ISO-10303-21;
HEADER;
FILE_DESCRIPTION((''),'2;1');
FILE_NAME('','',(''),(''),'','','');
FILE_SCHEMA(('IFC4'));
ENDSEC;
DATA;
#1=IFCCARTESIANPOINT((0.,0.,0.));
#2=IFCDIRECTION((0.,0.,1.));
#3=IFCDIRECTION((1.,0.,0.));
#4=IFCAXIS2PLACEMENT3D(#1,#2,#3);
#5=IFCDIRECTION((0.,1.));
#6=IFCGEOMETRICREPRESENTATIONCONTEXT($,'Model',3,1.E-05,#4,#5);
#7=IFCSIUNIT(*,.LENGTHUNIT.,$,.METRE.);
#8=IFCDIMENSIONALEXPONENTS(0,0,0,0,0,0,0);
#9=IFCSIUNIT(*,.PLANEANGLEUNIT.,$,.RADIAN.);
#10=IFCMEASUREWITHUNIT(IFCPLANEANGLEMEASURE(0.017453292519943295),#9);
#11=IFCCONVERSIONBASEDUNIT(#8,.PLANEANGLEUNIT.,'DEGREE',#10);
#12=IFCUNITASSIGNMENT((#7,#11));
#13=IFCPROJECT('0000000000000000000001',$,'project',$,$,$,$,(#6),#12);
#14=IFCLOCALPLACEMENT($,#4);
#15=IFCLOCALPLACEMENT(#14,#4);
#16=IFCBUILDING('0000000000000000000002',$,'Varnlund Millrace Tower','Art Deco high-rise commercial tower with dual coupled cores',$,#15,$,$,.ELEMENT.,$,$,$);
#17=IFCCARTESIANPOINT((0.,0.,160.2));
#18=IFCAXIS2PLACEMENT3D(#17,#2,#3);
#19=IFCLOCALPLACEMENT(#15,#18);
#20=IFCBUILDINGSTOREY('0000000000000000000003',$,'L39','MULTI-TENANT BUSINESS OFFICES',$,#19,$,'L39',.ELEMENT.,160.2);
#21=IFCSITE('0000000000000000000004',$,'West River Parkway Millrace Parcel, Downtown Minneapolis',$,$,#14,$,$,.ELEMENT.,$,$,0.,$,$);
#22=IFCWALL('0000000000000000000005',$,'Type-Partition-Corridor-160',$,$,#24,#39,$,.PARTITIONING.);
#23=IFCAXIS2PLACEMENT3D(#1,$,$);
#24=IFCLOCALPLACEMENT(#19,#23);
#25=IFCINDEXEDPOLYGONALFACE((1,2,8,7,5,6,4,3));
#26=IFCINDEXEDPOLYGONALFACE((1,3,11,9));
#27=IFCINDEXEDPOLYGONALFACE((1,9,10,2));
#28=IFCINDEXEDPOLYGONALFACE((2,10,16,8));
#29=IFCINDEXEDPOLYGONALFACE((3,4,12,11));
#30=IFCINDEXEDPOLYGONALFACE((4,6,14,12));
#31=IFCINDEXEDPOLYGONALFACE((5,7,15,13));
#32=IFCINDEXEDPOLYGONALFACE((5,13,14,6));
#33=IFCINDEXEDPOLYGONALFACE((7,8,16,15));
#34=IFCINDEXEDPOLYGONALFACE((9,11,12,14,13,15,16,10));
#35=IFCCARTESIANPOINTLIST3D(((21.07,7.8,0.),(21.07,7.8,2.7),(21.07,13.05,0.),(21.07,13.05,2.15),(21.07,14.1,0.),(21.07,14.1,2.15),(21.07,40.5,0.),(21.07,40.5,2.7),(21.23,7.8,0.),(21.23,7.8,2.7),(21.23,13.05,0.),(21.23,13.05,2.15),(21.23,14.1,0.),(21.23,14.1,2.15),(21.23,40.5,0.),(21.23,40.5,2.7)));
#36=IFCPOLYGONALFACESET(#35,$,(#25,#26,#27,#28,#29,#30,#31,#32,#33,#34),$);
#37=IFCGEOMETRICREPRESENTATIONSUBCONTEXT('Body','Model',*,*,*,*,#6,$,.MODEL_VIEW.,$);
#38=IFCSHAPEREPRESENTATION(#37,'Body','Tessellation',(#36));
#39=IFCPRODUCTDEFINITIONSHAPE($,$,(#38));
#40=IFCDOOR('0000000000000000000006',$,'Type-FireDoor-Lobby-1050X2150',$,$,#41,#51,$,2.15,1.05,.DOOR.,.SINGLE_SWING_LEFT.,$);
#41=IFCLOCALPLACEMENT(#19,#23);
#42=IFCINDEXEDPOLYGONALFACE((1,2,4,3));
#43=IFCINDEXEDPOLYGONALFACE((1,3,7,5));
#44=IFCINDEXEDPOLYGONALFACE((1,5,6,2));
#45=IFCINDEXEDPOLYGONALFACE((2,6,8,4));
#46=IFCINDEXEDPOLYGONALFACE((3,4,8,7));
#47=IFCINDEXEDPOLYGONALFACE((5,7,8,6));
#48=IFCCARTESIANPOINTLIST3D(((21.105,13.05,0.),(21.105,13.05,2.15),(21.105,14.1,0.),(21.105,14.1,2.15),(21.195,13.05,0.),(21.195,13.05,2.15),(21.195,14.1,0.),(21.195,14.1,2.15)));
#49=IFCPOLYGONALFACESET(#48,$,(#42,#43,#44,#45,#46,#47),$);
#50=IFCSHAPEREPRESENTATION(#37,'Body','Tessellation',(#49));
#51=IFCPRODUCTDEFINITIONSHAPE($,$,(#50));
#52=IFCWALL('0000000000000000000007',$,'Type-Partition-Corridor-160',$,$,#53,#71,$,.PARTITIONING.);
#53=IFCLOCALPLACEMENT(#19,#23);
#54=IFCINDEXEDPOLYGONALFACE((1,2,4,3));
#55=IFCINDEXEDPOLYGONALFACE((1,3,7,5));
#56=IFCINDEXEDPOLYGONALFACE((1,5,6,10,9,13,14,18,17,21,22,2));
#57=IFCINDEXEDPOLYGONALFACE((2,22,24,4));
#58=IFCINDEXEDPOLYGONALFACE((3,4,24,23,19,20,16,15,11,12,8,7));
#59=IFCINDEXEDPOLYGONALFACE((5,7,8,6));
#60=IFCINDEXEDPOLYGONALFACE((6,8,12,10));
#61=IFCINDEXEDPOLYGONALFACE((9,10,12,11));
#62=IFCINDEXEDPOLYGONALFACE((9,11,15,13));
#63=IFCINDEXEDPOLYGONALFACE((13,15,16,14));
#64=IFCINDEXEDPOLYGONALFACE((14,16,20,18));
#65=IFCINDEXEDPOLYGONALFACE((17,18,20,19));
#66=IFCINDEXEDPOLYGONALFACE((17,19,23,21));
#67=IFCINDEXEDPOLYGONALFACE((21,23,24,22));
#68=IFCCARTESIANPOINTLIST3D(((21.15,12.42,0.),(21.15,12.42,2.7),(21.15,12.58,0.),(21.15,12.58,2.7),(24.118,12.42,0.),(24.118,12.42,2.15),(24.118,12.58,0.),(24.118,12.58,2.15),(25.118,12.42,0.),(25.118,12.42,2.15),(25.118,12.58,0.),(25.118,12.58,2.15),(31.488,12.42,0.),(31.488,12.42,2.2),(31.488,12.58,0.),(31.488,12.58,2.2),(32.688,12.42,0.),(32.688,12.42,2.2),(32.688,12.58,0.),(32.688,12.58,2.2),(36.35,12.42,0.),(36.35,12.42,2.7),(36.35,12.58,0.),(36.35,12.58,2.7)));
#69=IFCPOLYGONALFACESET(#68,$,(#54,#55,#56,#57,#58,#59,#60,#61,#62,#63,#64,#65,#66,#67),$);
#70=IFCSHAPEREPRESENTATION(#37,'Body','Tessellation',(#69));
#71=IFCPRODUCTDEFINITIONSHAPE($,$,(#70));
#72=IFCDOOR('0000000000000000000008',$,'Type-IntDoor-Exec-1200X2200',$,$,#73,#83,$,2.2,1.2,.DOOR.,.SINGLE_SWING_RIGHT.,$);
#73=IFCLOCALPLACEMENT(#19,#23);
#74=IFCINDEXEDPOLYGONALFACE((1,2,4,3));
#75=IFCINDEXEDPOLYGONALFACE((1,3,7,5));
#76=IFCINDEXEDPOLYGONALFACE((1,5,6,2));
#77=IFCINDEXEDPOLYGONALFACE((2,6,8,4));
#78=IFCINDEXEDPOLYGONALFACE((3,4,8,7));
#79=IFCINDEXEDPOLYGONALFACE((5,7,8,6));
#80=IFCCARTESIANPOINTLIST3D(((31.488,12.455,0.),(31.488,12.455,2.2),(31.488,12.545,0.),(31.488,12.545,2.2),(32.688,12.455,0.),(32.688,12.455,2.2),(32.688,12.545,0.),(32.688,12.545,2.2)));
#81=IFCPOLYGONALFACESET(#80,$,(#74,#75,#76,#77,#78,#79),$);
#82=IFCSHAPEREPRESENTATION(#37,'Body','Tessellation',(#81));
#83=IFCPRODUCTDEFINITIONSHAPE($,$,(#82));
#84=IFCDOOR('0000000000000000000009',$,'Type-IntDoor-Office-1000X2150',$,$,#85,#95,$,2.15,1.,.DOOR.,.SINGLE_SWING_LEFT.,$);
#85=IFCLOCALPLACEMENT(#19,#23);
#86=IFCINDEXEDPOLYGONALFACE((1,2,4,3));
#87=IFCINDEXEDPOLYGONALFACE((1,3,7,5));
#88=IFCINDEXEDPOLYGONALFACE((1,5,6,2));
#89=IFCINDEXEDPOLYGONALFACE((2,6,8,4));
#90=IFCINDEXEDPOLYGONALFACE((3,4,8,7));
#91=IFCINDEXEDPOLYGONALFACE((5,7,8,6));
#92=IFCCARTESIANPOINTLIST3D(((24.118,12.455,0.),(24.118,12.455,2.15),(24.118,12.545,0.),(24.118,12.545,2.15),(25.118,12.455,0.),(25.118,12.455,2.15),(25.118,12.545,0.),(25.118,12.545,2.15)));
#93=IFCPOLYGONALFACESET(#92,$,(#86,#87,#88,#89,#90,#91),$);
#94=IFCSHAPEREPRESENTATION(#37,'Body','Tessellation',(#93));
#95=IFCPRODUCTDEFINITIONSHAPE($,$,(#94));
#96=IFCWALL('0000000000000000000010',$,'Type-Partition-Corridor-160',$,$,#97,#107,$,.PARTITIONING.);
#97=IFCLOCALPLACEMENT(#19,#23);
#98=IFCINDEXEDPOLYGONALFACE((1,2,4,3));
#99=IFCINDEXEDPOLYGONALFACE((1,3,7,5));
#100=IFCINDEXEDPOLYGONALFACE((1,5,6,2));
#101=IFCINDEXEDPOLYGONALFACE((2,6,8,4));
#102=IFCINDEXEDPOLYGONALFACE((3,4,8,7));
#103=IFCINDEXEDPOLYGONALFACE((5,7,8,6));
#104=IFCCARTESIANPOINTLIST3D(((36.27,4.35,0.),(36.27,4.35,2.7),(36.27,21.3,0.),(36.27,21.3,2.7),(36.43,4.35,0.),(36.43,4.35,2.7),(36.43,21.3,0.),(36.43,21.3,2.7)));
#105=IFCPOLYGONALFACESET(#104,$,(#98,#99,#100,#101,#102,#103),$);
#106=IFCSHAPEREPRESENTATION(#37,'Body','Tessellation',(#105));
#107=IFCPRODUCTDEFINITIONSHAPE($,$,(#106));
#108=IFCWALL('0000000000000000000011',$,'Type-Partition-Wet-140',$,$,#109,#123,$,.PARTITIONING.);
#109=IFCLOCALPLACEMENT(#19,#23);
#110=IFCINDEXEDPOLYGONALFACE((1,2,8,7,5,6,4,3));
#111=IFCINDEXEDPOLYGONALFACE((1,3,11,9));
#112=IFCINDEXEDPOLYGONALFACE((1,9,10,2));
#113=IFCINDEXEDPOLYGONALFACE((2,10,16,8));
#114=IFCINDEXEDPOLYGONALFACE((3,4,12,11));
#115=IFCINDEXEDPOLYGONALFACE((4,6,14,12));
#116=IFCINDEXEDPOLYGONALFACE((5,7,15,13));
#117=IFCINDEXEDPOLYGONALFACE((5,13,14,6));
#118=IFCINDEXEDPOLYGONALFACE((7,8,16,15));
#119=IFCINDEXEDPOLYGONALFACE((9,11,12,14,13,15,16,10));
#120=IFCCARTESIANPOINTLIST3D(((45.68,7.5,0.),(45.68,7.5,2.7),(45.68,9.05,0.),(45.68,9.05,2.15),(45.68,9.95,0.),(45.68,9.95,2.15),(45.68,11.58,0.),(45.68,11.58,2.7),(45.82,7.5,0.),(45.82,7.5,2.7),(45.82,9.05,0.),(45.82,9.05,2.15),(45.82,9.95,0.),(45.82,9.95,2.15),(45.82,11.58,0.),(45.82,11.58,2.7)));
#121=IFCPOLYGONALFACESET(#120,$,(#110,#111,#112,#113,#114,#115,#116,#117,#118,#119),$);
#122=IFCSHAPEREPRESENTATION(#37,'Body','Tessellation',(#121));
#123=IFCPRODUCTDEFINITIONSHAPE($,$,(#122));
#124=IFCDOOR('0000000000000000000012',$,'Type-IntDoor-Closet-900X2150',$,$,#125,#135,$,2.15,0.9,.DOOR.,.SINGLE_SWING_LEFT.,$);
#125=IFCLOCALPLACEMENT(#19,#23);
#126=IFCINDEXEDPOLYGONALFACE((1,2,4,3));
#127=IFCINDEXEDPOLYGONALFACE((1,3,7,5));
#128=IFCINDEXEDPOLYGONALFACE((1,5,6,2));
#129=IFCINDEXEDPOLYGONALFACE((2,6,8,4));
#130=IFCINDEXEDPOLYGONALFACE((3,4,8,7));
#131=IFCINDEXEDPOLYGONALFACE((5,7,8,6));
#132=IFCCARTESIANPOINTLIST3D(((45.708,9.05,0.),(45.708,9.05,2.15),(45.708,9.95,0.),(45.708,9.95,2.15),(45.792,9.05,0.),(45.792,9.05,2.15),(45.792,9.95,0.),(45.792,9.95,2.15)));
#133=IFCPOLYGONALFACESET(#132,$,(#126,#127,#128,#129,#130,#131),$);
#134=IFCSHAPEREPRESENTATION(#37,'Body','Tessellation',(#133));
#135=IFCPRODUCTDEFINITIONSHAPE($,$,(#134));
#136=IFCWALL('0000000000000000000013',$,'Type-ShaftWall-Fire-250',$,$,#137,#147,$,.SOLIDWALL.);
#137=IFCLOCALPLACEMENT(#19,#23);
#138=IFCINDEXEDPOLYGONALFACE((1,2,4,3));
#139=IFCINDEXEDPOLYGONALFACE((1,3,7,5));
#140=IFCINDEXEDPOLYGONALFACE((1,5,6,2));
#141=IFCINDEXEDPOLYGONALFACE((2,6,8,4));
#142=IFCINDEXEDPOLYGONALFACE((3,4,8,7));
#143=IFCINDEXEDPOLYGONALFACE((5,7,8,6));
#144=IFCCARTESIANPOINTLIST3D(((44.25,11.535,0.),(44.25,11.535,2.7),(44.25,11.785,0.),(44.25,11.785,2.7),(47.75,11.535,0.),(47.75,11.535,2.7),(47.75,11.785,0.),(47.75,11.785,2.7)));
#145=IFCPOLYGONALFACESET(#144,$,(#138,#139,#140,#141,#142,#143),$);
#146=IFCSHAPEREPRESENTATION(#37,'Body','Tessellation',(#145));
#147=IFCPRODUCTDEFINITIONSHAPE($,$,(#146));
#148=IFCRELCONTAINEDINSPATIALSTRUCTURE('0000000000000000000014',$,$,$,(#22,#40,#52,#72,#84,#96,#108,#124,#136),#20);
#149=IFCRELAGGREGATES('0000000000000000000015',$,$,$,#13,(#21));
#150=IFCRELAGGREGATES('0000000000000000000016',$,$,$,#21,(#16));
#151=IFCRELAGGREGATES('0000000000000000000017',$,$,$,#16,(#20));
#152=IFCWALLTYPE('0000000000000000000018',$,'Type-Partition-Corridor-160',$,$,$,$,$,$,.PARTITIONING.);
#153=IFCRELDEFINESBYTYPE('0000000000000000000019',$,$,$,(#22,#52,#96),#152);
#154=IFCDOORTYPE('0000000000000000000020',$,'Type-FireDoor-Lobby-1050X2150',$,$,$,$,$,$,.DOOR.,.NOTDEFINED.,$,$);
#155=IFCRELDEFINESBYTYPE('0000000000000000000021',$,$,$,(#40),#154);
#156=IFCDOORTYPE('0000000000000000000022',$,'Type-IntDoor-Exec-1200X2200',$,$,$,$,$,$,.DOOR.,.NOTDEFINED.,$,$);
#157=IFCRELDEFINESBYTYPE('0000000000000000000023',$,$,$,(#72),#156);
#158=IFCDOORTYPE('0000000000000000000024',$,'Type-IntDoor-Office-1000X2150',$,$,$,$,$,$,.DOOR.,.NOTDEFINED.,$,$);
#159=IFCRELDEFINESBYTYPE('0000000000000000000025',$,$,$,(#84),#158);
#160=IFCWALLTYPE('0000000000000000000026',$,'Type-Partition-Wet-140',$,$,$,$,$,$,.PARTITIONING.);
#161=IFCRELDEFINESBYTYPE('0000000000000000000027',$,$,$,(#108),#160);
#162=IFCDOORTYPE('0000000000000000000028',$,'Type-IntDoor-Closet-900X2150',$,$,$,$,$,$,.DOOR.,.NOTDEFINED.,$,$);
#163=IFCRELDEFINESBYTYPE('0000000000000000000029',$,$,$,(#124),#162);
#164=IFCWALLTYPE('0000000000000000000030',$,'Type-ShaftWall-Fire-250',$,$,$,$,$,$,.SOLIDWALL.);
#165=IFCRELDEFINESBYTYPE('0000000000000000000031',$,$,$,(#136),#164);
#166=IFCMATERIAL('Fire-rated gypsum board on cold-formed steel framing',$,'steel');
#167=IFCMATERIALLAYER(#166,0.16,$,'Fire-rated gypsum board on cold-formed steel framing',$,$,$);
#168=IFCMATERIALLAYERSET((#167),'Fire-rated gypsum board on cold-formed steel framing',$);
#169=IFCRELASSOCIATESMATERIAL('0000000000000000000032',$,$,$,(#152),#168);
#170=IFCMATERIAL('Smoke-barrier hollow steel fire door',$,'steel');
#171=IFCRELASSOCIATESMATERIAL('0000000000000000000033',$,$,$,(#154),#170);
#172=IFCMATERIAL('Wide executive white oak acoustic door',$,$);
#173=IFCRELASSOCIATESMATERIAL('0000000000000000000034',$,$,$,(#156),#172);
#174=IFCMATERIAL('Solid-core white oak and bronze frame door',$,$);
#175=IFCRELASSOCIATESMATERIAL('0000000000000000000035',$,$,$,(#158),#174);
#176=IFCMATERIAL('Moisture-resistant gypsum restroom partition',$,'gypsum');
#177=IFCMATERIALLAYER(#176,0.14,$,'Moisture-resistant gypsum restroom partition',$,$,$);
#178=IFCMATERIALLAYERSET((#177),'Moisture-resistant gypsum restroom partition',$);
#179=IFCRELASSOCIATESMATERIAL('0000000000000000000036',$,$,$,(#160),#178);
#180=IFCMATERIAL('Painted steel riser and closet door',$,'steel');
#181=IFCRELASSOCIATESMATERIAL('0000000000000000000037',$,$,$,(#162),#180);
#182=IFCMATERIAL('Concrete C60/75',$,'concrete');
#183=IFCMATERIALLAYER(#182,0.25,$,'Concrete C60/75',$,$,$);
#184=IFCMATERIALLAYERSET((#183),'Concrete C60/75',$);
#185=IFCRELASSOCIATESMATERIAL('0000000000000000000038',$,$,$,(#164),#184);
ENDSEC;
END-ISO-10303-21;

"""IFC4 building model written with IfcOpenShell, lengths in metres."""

from ifc_helpers import new_model, entity, si_unit, converted_unit, direction, frame, origin_with_axes, origin_2d_with_axis, place, context, subcontext, project, spatial, polyline, rectangle, outline, extrude, material, layer, layer_set, type_object, element, fill, save


model = new_model("IFC4")

# Units and contexts
model_context = context("Model", 3, precision=1e-05, world=origin_with_axes(), true_north=direction((0.0, 1.0)))
body_context = subcontext(model_context, "Body", "Model", "MODEL_VIEW")
ifc_project = project(units=[si_unit("LENGTHUNIT", "METRE"), converted_unit("PLANEANGLEUNIT", "DEGREE", entity("IfcPlaneAngleMeasure", 0.017453292519943295), si_unit("PLANEANGLEUNIT", "RADIAN"), dimensions=[0, 0, 0, 0, 0, 0, 0])], contexts=[model_context])

# Site, building, storey
site_placement = place(None, origin_with_axes())
site = spatial("IfcSite", under=ifc_project, at=site_placement, Name="West River Parkway Millrace Parcel, Downtown Minneapolis", CompositionType="ELEMENT", RefElevation=0.0)
building_placement = place(site_placement, origin_with_axes())
building = spatial("IfcBuilding", under=site, at=building_placement, Name="Varnlund Millrace Tower", Description="Art Deco high-rise commercial tower with dual coupled cores", CompositionType="ELEMENT")
storey_placement = place(building_placement, frame((0.0, 0.0, 160.2), z_axis=(0.0, 0.0, 1.0), x_axis=(1.0, 0.0, 0.0)))
storey = spatial("IfcBuildingStorey", under=building, at=storey_placement, Name="L39", Description="MULTI-TENANT BUSINESS OFFICES", LongName="L39", CompositionType="ELEMENT", Elevation=160.2)

# Wall, opening, door
ifc_material_1 = material(Name="Fire-rated gypsum board on cold-formed steel framing", Category="steel")
ifc_layer_1 = layer(ifc_material_1, 0.16, Name="Fire-rated gypsum board on cold-formed steel framing")
ifc_layer_set_1 = layer_set([ifc_layer_1], Name="Fire-rated gypsum board on cold-formed steel framing")
wall_type_1 = type_object("IfcWallType", Name="Type-Partition-Corridor-160", PredefinedType="PARTITIONING", material=ifc_layer_set_1)
wall_1_placement = place(storey_placement, frame((21.15, 7.8, 0.0), z_axis=(0.0, 0.0, 1.0), x_axis=(0.0, 1.0, 0.0)))
wall_1 = element("IfcWall", 1, at=wall_1_placement, inside=storey, type_object=wall_type_1, Name="Type-Partition-Corridor-160", PredefinedType="PARTITIONING", context=body_context, shape_type="SweptSolid", body=[
    extrude(outline(polyline([(0.0, -0.08), (32.7, -0.08), (32.7, 0.08), (0.0, 0.08), (0.0, -0.08)])), origin_with_axes(), (0.0, 0.0, 1.0), 2.7),
])
opening_1_placement = place(wall_1_placement, frame((5.775, 0.0, 0.0), z_axis=(0.0, 0.0, 1.0), x_axis=(1.0, 0.0, 0.0)))
opening_1 = element("IfcOpeningElement", 2, at=opening_1_placement, cuts=wall_1, PredefinedType="OPENING", context=body_context, shape_type="SweptSolid", body=[
    extrude(rectangle(XDim=1.05, YDim=0.18, at=origin_2d_with_axis()), origin_with_axes(), (0.0, 0.0, 1.0), 2.15),
])
ifc_material_2 = material(Name="Smoke-barrier hollow steel fire door", Category="steel")
door_type_1 = type_object("IfcDoorType", Name="Type-FireDoor-Lobby-1050X2150", OperationType="NOTDEFINED", PredefinedType="DOOR", material=ifc_material_2)
door_1_placement = place(wall_1_placement, frame((5.775, 0.0, 0.0), z_axis=(0.0, 0.0, 1.0), x_axis=(1.0, 0.0, 0.0)))
door_1 = element("IfcDoor", 3, at=door_1_placement, inside=storey, type_object=door_type_1, Name="Type-FireDoor-Lobby-1050X2150", OperationType="SINGLE_SWING_LEFT", OverallHeight=2.15, OverallWidth=1.05, PredefinedType="DOOR", context=body_context, shape_type="SweptSolid", body=[
    extrude(rectangle(XDim=1.05, YDim=0.09, at=origin_2d_with_axis()), origin_with_axes(), (0.0, 0.0, 1.0), 2.15),
])
fill(opening_1, door_1)

# Wall, openings, doors
wall_2_placement = place(storey_placement, frame((21.15, 12.5, 0.0), z_axis=(0.0, 0.0, 1.0), x_axis=(1.0, 0.0, 0.0)))
wall_2 = element("IfcWall", 4, at=wall_2_placement, inside=storey, type_object=wall_type_1, Name="Type-Partition-Corridor-160", PredefinedType="PARTITIONING", context=body_context, shape_type="SweptSolid", body=[
    extrude(outline(polyline([(0.0, -0.08), (15.2, -0.08), (15.2, 0.08), (0.0, 0.08), (0.0, -0.08)])), origin_with_axes(), (0.0, 0.0, 1.0), 2.7),
])
opening_2_placement = place(wall_2_placement, frame((3.468, 0.0, 0.0), z_axis=(0.0, 0.0, 1.0), x_axis=(1.0, 0.0, 0.0)))
opening_2 = element("IfcOpeningElement", 5, at=opening_2_placement, cuts=wall_2, PredefinedType="OPENING", context=body_context, shape_type="SweptSolid", body=[
    extrude(rectangle(XDim=1.0, YDim=0.18, at=origin_2d_with_axis()), origin_with_axes(), (0.0, 0.0, 1.0), 2.15),
])
opening_3_placement = place(wall_2_placement, frame((10.938, 0.0, 0.0), z_axis=(0.0, 0.0, 1.0), x_axis=(1.0, 0.0, 0.0)))
opening_3 = element("IfcOpeningElement", 6, at=opening_3_placement, cuts=wall_2, PredefinedType="OPENING", context=body_context, shape_type="SweptSolid", body=[
    extrude(rectangle(XDim=1.2, YDim=0.18, at=origin_2d_with_axis()), origin_with_axes(), (0.0, 0.0, 1.0), 2.2),
])
ifc_material_3 = material(Name="Wide executive white oak acoustic door")
door_type_2 = type_object("IfcDoorType", Name="Type-IntDoor-Exec-1200X2200", OperationType="NOTDEFINED", PredefinedType="DOOR", material=ifc_material_3)
door_2_placement = place(wall_2_placement, frame((10.938, 0.0, 0.0), z_axis=(0.0, 0.0, 1.0), x_axis=(1.0, 0.0, 0.0)))
door_2 = element("IfcDoor", 7, at=door_2_placement, inside=storey, type_object=door_type_2, Name="Type-IntDoor-Exec-1200X2200", OperationType="SINGLE_SWING_RIGHT", OverallHeight=2.2, OverallWidth=1.2, PredefinedType="DOOR", context=body_context, shape_type="SweptSolid", body=[
    extrude(rectangle(XDim=1.2, YDim=0.09, at=origin_2d_with_axis()), origin_with_axes(), (0.0, 0.0, 1.0), 2.2),
])
fill(opening_3, door_2)
ifc_material_4 = material(Name="Solid-core white oak and bronze frame door")
door_type_3 = type_object("IfcDoorType", Name="Type-IntDoor-Office-1000X2150", OperationType="NOTDEFINED", PredefinedType="DOOR", material=ifc_material_4)
door_3_placement = place(wall_2_placement, frame((3.468, 0.0, 0.0), z_axis=(0.0, 0.0, 1.0), x_axis=(1.0, 0.0, 0.0)))
door_3 = element("IfcDoor", 8, at=door_3_placement, inside=storey, type_object=door_type_3, Name="Type-IntDoor-Office-1000X2150", OperationType="SINGLE_SWING_LEFT", OverallHeight=2.15, OverallWidth=1.0, PredefinedType="DOOR", context=body_context, shape_type="SweptSolid", body=[
    extrude(rectangle(XDim=1.0, YDim=0.09, at=origin_2d_with_axis()), origin_with_axes(), (0.0, 0.0, 1.0), 2.15),
])
fill(opening_2, door_3)

# Wall
wall_3_placement = place(storey_placement, frame((36.35, 4.35, 0.0), z_axis=(0.0, 0.0, 1.0), x_axis=(0.0, 1.0, 0.0)))
element("IfcWall", 9, at=wall_3_placement, inside=storey, type_object=wall_type_1, Name="Type-Partition-Corridor-160", PredefinedType="PARTITIONING", context=body_context, shape_type="SweptSolid", body=[
    extrude(outline(polyline([(0.0, -0.08), (16.95, -0.08), (16.95, 0.08), (0.0, 0.08), (0.0, -0.08)])), origin_with_axes(), (0.0, 0.0, 1.0), 2.7),
])

# Wall, opening, door
ifc_material_5 = material(Name="Moisture-resistant gypsum restroom partition", Category="gypsum")
ifc_layer_2 = layer(ifc_material_5, 0.14, Name="Moisture-resistant gypsum restroom partition")
ifc_layer_set_2 = layer_set([ifc_layer_2], Name="Moisture-resistant gypsum restroom partition")
wall_type_2 = type_object("IfcWallType", Name="Type-Partition-Wet-140", PredefinedType="PARTITIONING", material=ifc_layer_set_2)
wall_4_placement = place(storey_placement, frame((45.75, 7.5, 0.0), z_axis=(0.0, 0.0, 1.0), x_axis=(0.0, 1.0, 0.0)))
wall_4 = element("IfcWall", 10, at=wall_4_placement, inside=storey, type_object=wall_type_2, Name="Type-Partition-Wet-140", PredefinedType="PARTITIONING", context=body_context, shape_type="SweptSolid", body=[
    extrude(outline(polyline([(0.0, -0.07), (4.08, -0.07), (4.08, 0.07), (0.0, 0.07), (0.0, -0.07)])), origin_with_axes(), (0.0, 0.0, 1.0), 2.7),
])
opening_4_placement = place(wall_4_placement, frame((2.0, 0.0, 0.0), z_axis=(0.0, 0.0, 1.0), x_axis=(1.0, 0.0, 0.0)))
opening_4 = element("IfcOpeningElement", 11, at=opening_4_placement, cuts=wall_4, PredefinedType="OPENING", context=body_context, shape_type="SweptSolid", body=[
    extrude(rectangle(XDim=0.9, YDim=0.16, at=origin_2d_with_axis()), origin_with_axes(), (0.0, 0.0, 1.0), 2.15),
])
ifc_material_6 = material(Name="Painted steel riser and closet door", Category="steel")
door_type_4 = type_object("IfcDoorType", Name="Type-IntDoor-Closet-900X2150", OperationType="NOTDEFINED", PredefinedType="DOOR", material=ifc_material_6)
door_4_placement = place(wall_4_placement, frame((2.0, 0.0, 0.0), z_axis=(0.0, 0.0, 1.0), x_axis=(1.0, 0.0, 0.0)))
door_4 = element("IfcDoor", 12, at=door_4_placement, inside=storey, type_object=door_type_4, Name="Type-IntDoor-Closet-900X2150", OperationType="SINGLE_SWING_LEFT", OverallHeight=2.15, OverallWidth=0.9, PredefinedType="DOOR", context=body_context, shape_type="SweptSolid", body=[
    extrude(rectangle(XDim=0.9, YDim=0.084, at=origin_2d_with_axis()), origin_with_axes(), (0.0, 0.0, 1.0), 2.15),
])
fill(opening_4, door_4)

# Wall
ifc_material_7 = material(Name="Concrete C60/75", Category="concrete")
ifc_layer_3 = layer(ifc_material_7, 0.25, Name="Concrete C60/75")
ifc_layer_set_3 = layer_set([ifc_layer_3], Name="Concrete C60/75")
wall_type_3 = type_object("IfcWallType", Name="Type-ShaftWall-Fire-250", PredefinedType="SOLIDWALL", material=ifc_layer_set_3)
wall_5_placement = place(storey_placement, frame((44.25, 11.66, 0.0), z_axis=(0.0, 0.0, 1.0), x_axis=(1.0, 0.0, 0.0)))
element("IfcWall", 13, at=wall_5_placement, inside=storey, type_object=wall_type_3, Name="Type-ShaftWall-Fire-250", PredefinedType="SOLIDWALL", context=body_context, shape_type="SweptSolid", body=[
    extrude(outline(polyline([(0.0, -0.125), (3.5, -0.125), (3.5, 0.125), (0.0, 0.125), (0.0, -0.125)])), origin_with_axes(), (0.0, 0.0, 1.0), 2.7),
])

save(model, "model.ifc")
